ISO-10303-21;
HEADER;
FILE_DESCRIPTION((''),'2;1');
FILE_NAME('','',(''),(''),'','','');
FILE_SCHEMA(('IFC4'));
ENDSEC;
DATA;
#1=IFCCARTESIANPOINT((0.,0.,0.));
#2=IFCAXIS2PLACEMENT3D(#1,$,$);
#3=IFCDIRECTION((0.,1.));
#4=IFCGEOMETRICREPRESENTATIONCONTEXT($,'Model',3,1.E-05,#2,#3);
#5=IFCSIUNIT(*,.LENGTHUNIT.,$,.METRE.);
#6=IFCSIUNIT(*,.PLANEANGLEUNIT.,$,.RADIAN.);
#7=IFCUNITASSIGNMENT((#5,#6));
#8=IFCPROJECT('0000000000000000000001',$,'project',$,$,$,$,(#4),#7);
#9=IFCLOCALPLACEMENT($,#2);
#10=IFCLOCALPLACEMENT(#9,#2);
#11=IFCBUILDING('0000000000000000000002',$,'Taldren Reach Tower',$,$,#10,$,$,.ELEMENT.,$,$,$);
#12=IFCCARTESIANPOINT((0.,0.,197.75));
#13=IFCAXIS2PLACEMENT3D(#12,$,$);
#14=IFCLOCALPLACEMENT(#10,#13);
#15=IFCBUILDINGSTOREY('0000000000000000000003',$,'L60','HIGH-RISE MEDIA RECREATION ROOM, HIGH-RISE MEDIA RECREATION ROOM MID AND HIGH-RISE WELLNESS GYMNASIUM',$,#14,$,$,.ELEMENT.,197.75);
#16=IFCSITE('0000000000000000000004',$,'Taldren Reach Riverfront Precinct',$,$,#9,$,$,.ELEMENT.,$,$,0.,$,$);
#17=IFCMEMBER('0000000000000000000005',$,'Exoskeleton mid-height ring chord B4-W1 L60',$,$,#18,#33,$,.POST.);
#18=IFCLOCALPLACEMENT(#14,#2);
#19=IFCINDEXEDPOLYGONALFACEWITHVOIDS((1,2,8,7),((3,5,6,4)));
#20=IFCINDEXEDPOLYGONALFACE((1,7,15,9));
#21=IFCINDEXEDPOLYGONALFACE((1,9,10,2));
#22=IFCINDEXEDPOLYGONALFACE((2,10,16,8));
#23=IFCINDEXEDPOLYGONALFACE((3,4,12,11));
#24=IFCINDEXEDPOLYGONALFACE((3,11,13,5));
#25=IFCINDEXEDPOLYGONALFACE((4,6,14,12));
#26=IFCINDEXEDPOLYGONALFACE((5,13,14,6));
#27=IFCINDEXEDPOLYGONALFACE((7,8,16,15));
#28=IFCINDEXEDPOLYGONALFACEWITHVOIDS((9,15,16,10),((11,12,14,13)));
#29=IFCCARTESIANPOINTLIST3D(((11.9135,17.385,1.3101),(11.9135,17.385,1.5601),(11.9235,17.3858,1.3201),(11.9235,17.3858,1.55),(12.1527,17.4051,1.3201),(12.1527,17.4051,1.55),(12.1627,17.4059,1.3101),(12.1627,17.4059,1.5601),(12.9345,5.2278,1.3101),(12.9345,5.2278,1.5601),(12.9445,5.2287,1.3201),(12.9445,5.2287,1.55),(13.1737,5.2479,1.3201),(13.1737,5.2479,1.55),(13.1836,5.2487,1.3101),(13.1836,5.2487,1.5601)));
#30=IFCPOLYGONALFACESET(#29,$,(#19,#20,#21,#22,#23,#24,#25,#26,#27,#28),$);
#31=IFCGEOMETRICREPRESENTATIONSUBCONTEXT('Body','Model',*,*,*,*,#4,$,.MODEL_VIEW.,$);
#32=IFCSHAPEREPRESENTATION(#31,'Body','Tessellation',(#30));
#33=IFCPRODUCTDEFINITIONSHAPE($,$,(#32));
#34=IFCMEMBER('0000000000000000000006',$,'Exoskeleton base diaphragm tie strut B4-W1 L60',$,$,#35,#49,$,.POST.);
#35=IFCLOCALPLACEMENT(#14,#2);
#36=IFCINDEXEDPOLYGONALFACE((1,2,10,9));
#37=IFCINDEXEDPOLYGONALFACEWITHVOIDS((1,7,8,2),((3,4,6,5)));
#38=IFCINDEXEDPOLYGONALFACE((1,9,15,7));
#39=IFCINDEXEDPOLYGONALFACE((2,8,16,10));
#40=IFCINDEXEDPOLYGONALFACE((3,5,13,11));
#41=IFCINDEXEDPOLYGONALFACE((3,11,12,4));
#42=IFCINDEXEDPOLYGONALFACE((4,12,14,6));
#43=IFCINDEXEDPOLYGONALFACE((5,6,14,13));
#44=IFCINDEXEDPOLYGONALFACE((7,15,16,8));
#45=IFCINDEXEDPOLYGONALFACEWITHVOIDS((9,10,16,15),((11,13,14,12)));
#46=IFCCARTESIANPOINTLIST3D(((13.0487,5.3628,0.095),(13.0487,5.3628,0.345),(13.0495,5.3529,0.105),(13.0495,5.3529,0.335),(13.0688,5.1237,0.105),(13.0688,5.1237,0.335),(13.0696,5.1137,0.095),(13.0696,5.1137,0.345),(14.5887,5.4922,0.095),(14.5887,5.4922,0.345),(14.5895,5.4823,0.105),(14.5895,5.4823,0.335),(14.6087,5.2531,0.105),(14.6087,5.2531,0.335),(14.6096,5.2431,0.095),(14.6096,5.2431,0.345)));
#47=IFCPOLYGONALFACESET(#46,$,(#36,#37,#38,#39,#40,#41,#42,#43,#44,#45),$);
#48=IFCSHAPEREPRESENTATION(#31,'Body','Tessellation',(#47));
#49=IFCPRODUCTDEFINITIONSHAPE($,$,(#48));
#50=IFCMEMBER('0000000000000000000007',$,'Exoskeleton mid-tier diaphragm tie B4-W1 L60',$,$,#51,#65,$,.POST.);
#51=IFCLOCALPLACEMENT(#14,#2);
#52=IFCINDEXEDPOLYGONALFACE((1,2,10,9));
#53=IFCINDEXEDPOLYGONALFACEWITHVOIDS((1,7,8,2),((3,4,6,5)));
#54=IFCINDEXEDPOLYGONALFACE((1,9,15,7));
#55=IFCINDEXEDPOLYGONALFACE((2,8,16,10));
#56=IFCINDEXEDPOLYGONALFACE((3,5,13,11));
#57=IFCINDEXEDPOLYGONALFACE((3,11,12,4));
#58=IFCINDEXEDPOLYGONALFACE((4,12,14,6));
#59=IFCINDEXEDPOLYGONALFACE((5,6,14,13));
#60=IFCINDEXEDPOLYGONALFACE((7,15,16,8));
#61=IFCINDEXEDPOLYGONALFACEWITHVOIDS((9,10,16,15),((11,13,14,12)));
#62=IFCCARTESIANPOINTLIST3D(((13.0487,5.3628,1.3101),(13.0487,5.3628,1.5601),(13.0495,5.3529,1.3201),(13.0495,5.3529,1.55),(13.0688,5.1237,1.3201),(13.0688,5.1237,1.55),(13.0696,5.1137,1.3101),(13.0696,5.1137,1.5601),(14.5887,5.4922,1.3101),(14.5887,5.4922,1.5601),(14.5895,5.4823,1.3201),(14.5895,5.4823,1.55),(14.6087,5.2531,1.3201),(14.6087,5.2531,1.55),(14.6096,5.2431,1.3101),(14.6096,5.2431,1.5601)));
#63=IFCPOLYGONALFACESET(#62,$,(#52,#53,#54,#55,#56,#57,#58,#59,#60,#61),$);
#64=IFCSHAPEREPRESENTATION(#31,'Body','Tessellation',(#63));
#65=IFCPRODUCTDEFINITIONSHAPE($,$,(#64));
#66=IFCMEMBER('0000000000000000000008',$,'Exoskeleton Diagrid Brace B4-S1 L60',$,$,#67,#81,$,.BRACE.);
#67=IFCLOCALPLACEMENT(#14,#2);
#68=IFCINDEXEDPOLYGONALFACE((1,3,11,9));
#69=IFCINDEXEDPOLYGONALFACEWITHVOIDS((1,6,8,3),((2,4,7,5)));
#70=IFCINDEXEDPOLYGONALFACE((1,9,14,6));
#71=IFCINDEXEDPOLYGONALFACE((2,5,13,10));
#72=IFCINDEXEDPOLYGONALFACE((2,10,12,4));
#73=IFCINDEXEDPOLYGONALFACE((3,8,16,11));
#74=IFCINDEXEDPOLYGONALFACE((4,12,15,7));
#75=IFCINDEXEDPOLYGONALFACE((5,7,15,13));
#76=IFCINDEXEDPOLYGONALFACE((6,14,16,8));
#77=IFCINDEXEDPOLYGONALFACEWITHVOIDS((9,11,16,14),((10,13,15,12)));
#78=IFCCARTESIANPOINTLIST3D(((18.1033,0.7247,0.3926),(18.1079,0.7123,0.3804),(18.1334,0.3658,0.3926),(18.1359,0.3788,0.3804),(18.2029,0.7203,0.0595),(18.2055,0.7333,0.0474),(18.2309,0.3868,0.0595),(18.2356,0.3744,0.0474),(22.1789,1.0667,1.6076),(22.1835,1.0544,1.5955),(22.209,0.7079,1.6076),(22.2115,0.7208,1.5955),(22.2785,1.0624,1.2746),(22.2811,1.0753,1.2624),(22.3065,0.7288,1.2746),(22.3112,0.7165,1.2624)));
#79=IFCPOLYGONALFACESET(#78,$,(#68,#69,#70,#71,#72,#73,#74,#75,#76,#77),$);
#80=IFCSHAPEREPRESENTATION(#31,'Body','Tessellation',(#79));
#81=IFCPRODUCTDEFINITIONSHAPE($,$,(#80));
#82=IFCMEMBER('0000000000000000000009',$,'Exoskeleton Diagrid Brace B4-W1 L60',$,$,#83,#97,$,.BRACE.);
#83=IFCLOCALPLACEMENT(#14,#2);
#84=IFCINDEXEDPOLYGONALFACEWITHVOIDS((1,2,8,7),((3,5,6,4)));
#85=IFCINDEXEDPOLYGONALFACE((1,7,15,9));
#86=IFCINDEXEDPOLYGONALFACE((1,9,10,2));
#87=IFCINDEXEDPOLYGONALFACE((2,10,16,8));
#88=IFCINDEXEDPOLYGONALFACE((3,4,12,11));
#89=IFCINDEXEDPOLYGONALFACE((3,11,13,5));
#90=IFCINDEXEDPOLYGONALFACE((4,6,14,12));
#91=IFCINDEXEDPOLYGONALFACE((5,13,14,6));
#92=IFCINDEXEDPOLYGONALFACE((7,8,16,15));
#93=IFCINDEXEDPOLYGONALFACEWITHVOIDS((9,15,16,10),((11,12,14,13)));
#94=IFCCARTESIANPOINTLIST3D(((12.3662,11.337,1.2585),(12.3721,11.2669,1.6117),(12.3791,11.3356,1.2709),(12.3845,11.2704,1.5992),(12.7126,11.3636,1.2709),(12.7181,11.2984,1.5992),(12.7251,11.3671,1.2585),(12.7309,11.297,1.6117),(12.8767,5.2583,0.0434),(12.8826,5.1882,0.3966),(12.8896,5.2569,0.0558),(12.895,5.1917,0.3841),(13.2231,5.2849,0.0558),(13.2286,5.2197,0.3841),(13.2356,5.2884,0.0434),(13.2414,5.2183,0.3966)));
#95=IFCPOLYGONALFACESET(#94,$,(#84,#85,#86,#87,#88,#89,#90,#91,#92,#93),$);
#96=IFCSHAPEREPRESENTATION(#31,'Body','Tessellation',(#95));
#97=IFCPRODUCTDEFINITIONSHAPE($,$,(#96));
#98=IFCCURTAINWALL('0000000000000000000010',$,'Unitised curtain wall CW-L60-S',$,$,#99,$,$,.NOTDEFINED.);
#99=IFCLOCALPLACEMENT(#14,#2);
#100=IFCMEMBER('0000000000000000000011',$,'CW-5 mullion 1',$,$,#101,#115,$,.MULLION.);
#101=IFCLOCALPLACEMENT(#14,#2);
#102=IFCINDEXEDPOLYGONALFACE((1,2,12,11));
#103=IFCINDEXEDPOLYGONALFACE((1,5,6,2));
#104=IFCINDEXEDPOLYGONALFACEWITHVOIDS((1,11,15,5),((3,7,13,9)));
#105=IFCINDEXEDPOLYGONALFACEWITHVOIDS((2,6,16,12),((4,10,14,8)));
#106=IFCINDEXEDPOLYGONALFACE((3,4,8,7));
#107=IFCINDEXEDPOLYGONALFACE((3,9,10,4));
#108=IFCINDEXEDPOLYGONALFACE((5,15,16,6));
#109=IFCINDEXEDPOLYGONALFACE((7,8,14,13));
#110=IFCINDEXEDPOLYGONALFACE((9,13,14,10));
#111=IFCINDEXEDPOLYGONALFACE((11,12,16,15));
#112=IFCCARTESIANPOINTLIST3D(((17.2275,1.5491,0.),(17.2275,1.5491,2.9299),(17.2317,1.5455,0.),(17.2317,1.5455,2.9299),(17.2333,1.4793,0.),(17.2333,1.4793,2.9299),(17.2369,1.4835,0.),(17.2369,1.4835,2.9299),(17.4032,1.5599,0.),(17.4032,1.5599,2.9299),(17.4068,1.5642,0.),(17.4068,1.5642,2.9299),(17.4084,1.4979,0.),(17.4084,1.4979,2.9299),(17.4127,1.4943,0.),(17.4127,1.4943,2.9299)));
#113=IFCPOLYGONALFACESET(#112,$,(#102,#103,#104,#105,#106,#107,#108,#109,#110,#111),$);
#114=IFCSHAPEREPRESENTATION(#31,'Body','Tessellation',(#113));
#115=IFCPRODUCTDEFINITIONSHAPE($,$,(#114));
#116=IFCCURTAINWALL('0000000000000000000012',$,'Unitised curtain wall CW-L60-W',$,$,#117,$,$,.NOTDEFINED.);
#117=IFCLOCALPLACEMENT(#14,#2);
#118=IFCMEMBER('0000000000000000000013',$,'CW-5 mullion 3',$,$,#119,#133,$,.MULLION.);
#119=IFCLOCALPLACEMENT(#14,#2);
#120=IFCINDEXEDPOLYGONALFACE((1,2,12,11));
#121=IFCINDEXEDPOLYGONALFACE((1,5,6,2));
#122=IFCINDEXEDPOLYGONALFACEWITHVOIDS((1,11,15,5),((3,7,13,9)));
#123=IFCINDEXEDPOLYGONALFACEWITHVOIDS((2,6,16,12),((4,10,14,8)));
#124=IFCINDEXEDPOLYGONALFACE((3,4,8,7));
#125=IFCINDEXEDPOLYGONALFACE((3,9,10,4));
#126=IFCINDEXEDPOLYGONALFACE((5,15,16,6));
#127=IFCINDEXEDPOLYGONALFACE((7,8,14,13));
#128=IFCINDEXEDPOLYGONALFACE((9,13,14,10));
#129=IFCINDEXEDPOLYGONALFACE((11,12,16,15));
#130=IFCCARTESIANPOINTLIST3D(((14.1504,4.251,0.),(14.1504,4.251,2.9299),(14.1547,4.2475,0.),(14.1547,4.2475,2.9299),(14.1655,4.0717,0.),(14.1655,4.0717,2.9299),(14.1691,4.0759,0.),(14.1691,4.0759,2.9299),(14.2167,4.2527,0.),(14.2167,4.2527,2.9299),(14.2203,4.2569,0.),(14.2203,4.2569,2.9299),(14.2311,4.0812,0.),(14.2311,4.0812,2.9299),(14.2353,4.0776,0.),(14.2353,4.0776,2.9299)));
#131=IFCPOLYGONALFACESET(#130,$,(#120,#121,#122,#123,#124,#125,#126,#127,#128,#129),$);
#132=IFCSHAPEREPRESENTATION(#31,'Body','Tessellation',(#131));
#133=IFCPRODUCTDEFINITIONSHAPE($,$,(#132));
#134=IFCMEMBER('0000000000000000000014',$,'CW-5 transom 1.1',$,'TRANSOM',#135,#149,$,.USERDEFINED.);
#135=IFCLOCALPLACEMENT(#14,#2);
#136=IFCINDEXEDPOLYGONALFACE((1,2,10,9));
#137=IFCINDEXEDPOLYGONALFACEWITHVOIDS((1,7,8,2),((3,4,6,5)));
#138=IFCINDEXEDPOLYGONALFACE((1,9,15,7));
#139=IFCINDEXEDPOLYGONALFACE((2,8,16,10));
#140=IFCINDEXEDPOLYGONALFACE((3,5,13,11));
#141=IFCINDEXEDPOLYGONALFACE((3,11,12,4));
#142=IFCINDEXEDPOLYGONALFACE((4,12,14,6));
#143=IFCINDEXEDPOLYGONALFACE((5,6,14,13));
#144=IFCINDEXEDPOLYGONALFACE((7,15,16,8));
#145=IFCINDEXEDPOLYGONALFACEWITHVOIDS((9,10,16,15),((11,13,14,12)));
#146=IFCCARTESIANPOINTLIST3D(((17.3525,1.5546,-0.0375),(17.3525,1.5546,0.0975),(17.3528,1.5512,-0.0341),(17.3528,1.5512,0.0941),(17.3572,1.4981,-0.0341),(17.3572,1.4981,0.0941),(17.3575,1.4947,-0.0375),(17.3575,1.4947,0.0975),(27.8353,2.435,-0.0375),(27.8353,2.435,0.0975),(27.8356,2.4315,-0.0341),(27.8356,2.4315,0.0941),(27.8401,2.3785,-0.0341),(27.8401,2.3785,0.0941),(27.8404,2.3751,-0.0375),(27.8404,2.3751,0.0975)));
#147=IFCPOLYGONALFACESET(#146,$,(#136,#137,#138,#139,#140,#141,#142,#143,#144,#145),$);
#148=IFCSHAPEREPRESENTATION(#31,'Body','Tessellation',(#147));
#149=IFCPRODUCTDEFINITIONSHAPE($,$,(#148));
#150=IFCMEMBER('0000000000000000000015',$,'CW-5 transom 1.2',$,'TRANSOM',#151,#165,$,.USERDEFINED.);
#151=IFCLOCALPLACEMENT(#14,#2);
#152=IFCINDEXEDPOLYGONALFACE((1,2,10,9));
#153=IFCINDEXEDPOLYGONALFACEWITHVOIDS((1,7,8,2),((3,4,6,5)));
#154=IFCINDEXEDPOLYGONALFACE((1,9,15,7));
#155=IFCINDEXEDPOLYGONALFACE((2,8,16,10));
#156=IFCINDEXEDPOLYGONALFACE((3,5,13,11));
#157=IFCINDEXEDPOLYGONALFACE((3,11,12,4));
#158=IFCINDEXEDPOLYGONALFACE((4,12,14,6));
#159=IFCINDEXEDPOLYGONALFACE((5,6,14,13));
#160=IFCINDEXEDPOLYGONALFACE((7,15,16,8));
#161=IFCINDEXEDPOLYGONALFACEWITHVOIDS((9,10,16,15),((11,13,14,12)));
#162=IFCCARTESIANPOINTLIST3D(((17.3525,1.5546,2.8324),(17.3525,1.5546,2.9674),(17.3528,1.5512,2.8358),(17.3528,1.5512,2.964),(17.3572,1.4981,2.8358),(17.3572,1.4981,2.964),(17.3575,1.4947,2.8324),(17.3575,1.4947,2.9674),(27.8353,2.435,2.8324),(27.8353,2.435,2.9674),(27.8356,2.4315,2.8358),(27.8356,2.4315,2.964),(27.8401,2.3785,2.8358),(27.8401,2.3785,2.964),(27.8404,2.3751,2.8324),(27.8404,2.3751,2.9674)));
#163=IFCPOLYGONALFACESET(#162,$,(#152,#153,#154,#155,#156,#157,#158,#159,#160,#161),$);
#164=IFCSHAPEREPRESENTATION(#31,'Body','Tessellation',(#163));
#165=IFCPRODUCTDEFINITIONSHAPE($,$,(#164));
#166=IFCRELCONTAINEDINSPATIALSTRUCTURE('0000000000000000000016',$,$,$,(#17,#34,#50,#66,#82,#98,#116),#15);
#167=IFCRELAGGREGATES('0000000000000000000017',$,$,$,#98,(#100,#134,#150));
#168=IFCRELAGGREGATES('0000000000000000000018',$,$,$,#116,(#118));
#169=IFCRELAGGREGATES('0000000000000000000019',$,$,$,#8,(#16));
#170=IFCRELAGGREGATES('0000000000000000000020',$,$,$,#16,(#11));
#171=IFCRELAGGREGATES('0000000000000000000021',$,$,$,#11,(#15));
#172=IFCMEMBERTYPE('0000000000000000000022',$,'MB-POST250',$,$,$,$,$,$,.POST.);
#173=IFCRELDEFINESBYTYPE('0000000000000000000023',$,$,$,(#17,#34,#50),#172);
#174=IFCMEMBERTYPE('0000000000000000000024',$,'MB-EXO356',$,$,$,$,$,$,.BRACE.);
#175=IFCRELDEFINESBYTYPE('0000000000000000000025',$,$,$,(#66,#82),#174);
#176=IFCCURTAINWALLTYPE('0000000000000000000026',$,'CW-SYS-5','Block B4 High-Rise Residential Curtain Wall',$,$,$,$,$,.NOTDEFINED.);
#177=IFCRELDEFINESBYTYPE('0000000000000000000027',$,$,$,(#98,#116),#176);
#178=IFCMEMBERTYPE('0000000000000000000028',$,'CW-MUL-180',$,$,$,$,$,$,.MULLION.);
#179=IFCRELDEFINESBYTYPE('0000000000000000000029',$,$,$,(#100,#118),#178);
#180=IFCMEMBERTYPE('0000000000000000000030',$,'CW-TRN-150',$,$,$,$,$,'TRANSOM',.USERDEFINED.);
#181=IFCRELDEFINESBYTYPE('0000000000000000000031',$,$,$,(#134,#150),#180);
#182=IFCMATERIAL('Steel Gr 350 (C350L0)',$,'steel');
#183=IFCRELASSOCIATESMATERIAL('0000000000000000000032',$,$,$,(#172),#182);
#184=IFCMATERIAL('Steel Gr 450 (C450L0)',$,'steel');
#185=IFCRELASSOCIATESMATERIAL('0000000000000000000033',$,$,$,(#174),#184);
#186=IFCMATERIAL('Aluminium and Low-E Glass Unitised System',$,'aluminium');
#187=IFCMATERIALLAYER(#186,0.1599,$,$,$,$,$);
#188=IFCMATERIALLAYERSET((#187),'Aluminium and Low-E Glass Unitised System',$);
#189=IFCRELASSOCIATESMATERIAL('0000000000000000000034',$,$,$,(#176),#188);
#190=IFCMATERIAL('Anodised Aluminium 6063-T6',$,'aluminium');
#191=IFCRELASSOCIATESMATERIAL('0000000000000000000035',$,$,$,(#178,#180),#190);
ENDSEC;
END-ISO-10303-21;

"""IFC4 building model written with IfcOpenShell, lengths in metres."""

from ifc_helpers import new_model, si_unit, direction, frame, origin, origin_2d, place, context, subcontext, project, spatial, hollow_rectangle, extrude, source, transform, mapped, material, layer, layer_set, material_profile, profile_set, type_object, element, aggregate, save


model = new_model("IFC4")

# Units and contexts
model_context = context("Model", 3, precision=1e-05, world=origin(), true_north=direction((0.0, 1.0)))
body_context = subcontext(model_context, "Body", "Model", "MODEL_VIEW")
ifc_project = project(units=[si_unit("LENGTHUNIT", "METRE"), si_unit("PLANEANGLEUNIT", "RADIAN")], contexts=[model_context])

# Site, building, storey
site_placement = place(None, origin())
site = spatial("IfcSite", under=ifc_project, at=site_placement, Name="Taldren Reach Riverfront Precinct", CompositionType="ELEMENT", RefElevation=0.0)
building_placement = place(site_placement, origin())
building = spatial("IfcBuilding", under=site, at=building_placement, Name="Taldren Reach Tower", CompositionType="ELEMENT")
storey_placement = place(building_placement, frame((0.0, 0.0, 197.75)))
storey = spatial("IfcBuildingStorey", under=building, at=storey_placement, Name="L60", Description="HIGH-RISE MEDIA RECREATION ROOM, HIGH-RISE MEDIA RECREATION ROOM MID AND HIGH-RISE WELLNESS GYMNASIUM", CompositionType="ELEMENT", Elevation=197.75)

# Shared definitions
ifc_material_1 = material(Name="Steel Gr 350 (C350L0)", Category="steel")

# Shared definitions
ifc_material_profile_1 = material_profile(ifc_material_1, hollow_rectangle(XDim=0.25, YDim=0.25, WallThickness=0.01, at=origin_2d()), Name="250x250x10.0SHS")
ifc_profile_set_1 = profile_set([ifc_material_profile_1], Name="Steel Gr 350 (C350L0)")
member_type_1 = type_object("IfcMemberType", Name="MB-POST250", PredefinedType="POST", material=ifc_profile_set_1)

# Members
ifc_material_2 = material(Name="Steel Gr 450 (C450L0)", Category="steel")
shared_shape_1 = source(origin(), body_context, "Body", "SweptSolid", [
    extrude(hollow_rectangle(XDim=0.25, YDim=0.25, WallThickness=0.01, at=origin_2d()), origin(), (0.0, 0.0, 1.0), 12.2),
])
member_1_placement = place(storey_placement, frame((13.0591, 5.2383, 1.4351), z_axis=(-0.083688, 0.996492, 0.0), x_axis=(-0.996492, -0.083688, 0.0)))
element("IfcMember", 1, at=member_1_placement, inside=storey, type_object=member_type_1, Name="Exoskeleton mid-height ring chord B4-W1 L60", PredefinedType="POST", context=body_context, shape_type="MappedRepresentation", body=[
    mapped(shared_shape_1, transform((0.0, 0.0, 0.0), scale=1.0)),
])
shared_shape_2 = source(origin(), body_context, "Body", "SweptSolid", [
    extrude(hollow_rectangle(XDim=0.25, YDim=0.25, WallThickness=0.01, at=origin_2d()), origin(), (0.0, 0.0, 1.0), 1.5454),
])
for number, where, z_axis, x_axis, name in (
    (2, (14.5991, 5.3677, 0.22), (-0.996489, -0.083725, 0.0), (0.083725, -0.996489, 0.0), "Exoskeleton base diaphragm tie strut B4-W1 L60"),
    (3, (14.5991, 5.3677, 1.4351), (-0.996489, -0.083725, 0.0), (0.083725, -0.996489, 0.0), "Exoskeleton mid-tier diaphragm tie B4-W1 L60"),
):
    element("IfcMember", number, at=place(storey_placement, frame(where, z_axis=z_axis, x_axis=x_axis)), inside=storey, type_object=member_type_1, Name=name, PredefinedType="POST", context=body_context, shape_type="MappedRepresentation", body=[
        mapped(shared_shape_2, transform((0.0, 0.0, 0.0), scale=1.0)),
    ])
ifc_material_profile_2 = material_profile(ifc_material_2, hollow_rectangle(XDim=0.3601, YDim=0.3601, WallThickness=0.0127, at=origin_2d()), Name="360x360x12.7SHS")
ifc_profile_set_2 = profile_set([ifc_material_profile_2], Name="Steel Gr 450 (C450L0)")
member_type_2 = type_object("IfcMemberType", Name="MB-EXO356", PredefinedType="BRACE", material=ifc_profile_set_2)
shared_shape_3 = source(origin(), body_context, "Body", "SweptSolid", [
    extrude(hollow_rectangle(XDim=0.3601, YDim=0.3601, WallThickness=0.0127, at=origin_2d()), origin(), (0.0, 0.0, 1.0), 4.2666),
])
member_2_placement = place(storey_placement, frame((18.1694, 0.5496, 0.22), z_axis=(0.955234, 0.080165, 0.284785), x_axis=(-0.083628, 0.996497, 0.0)))
element("IfcMember", 4, at=member_2_placement, inside=storey, type_object=member_type_2, Name="Exoskeleton Diagrid Brace B4-S1 L60", PredefinedType="BRACE", context=body_context, shape_type="MappedRepresentation", body=[
    mapped(shared_shape_3, transform((0.0, 0.0, 0.0), scale=1.0)),
])
shared_shape_4 = source(origin(), body_context, "Body", "SweptSolid", [
    extrude(hollow_rectangle(XDim=0.3601, YDim=0.3601, WallThickness=0.0127, at=origin_2d()), origin(), (0.0, 0.0, 1.0), 6.22),
])
member_3_placement = place(storey_placement, frame((13.0591, 5.2383, 0.22), z_axis=(-0.082076, 0.977292, 0.195356), x_axis=(-0.996492, -0.083688, 0.0)))
element("IfcMember", 5, at=member_3_placement, inside=storey, type_object=member_type_2, Name="Exoskeleton Diagrid Brace B4-W1 L60", PredefinedType="BRACE", context=body_context, shape_type="MappedRepresentation", body=[
    mapped(shared_shape_4, transform((0.0, 0.0, 0.0), scale=1.0)),
])

# Curtain walls, members
ifc_material_3 = material(Name="Aluminium and Low-E Glass Unitised System", Category="aluminium")
ifc_layer_1 = layer(ifc_material_3, 0.1599)
ifc_layer_set_1 = layer_set([ifc_layer_1], Name="Aluminium and Low-E Glass Unitised System")
curtain_wall_type = type_object("IfcCurtainWallType", Name="CW-SYS-5", Description="Block B4 High-Rise Residential Curtain Wall", PredefinedType="NOTDEFINED", material=ifc_layer_set_1)
curtain_wall_1_placement = place(storey_placement, origin())
curtain_wall_1 = element("IfcCurtainWall", 6, at=curtain_wall_1_placement, inside=storey, type_object=curtain_wall_type, Name="Unitised curtain wall CW-L60-S", PredefinedType="NOTDEFINED")
ifc_material_4 = material(Name="Anodised Aluminium 6063-T6", Category="aluminium")
ifc_material_profile_3 = material_profile(ifc_material_4, hollow_rectangle(XDim=0.0701, YDim=0.1799, WallThickness=0.0039, at=origin_2d()), Name="ALU-180x70x4RHS")
ifc_profile_set_3 = profile_set([ifc_material_profile_3], Name="Anodised Aluminium 6063-T6")
member_type_3 = type_object("IfcMemberType", Name="CW-MUL-180", PredefinedType="MULLION", material=ifc_profile_set_3)
shared_shape_5 = source(origin(), body_context, "Body", "SweptSolid", [
    extrude(hollow_rectangle(XDim=0.0701, YDim=0.1799, WallThickness=0.0039, at=origin_2d()), origin(), (0.0, 0.0, 1.0), 2.9299),
])
member_4_placement = place(storey_placement, frame((17.3201, 1.5217, 0.0), z_axis=(0.0, 0.0, 1.0), x_axis=(-0.083678, 0.996493, 0.0)))
member_4 = element("IfcMember", 7, at=member_4_placement, type_object=member_type_3, Name="CW-5 mullion 1", PredefinedType="MULLION", context=body_context, shape_type="MappedRepresentation", body=[
    mapped(shared_shape_5, transform((0.0, 0.0, 0.0), scale=1.0)),
])
curtain_wall_2_placement = place(storey_placement, origin())
curtain_wall_2 = element("IfcCurtainWall", 8, at=curtain_wall_2_placement, inside=storey, type_object=curtain_wall_type, Name="Unitised curtain wall CW-L60-W", PredefinedType="NOTDEFINED")
member_5_placement = place(storey_placement, frame((14.1929, 4.1643, 0.0), z_axis=(0.0, 0.0, 1.0), x_axis=(0.996493, 0.083678, 0.0)))
member_5 = element("IfcMember", 9, at=member_5_placement, type_object=member_type_3, Name="CW-5 mullion 3", PredefinedType="MULLION", context=body_context, shape_type="MappedRepresentation", body=[
    mapped(shared_shape_5, transform((0.0, 0.0, 0.0), scale=1.0)),
])

# Members
ifc_material_profile_4 = material_profile(ifc_material_4, hollow_rectangle(XDim=0.0601, YDim=0.135, WallThickness=0.0034, at=origin_2d()), Name="ALU-135x60x3.5RHS")
ifc_profile_set_4 = profile_set([ifc_material_profile_4], Name="Anodised Aluminium 6063-T6")
member_type_4 = type_object("IfcMemberType", Name="CW-TRN-150", ElementType="TRANSOM", PredefinedType="USERDEFINED", material=ifc_profile_set_4)
shared_shape_6 = source(origin(), body_context, "Body", "SweptSolid", [
    extrude(hollow_rectangle(XDim=0.0601, YDim=0.135, WallThickness=0.0034, at=origin_2d()), origin(), (0.0, 0.0, 1.0), 10.5198),
])
member_6_placement = place(storey_placement, frame((17.355, 1.5247, 0.03), z_axis=(0.996492, 0.083687, 0.0), x_axis=(-0.083687, 0.996492, 0.0)))
member_6 = element("IfcMember", 10, at=member_6_placement, type_object=member_type_4, Name="CW-5 transom 1.1", ObjectType="TRANSOM", PredefinedType="USERDEFINED", context=body_context, shape_type="MappedRepresentation", body=[
    mapped(shared_shape_6, transform((0.0, 0.0, 0.0), scale=1.0)),
])
member_7_placement = place(storey_placement, frame((17.355, 1.5247, 2.8999), z_axis=(0.996492, 0.083687, 0.0), x_axis=(-0.083687, 0.996492, 0.0)))
member_7 = element("IfcMember", 11, at=member_7_placement, type_object=member_type_4, Name="CW-5 transom 1.2", ObjectType="TRANSOM", PredefinedType="USERDEFINED", context=body_context, shape_type="MappedRepresentation", body=[
    mapped(shared_shape_6, transform((0.0, 0.0, 0.0), scale=1.0)),
])
aggregate(curtain_wall_1, [member_4, member_6, member_7])

aggregate(curtain_wall_2, [member_5])

save(model, "model.ifc")
